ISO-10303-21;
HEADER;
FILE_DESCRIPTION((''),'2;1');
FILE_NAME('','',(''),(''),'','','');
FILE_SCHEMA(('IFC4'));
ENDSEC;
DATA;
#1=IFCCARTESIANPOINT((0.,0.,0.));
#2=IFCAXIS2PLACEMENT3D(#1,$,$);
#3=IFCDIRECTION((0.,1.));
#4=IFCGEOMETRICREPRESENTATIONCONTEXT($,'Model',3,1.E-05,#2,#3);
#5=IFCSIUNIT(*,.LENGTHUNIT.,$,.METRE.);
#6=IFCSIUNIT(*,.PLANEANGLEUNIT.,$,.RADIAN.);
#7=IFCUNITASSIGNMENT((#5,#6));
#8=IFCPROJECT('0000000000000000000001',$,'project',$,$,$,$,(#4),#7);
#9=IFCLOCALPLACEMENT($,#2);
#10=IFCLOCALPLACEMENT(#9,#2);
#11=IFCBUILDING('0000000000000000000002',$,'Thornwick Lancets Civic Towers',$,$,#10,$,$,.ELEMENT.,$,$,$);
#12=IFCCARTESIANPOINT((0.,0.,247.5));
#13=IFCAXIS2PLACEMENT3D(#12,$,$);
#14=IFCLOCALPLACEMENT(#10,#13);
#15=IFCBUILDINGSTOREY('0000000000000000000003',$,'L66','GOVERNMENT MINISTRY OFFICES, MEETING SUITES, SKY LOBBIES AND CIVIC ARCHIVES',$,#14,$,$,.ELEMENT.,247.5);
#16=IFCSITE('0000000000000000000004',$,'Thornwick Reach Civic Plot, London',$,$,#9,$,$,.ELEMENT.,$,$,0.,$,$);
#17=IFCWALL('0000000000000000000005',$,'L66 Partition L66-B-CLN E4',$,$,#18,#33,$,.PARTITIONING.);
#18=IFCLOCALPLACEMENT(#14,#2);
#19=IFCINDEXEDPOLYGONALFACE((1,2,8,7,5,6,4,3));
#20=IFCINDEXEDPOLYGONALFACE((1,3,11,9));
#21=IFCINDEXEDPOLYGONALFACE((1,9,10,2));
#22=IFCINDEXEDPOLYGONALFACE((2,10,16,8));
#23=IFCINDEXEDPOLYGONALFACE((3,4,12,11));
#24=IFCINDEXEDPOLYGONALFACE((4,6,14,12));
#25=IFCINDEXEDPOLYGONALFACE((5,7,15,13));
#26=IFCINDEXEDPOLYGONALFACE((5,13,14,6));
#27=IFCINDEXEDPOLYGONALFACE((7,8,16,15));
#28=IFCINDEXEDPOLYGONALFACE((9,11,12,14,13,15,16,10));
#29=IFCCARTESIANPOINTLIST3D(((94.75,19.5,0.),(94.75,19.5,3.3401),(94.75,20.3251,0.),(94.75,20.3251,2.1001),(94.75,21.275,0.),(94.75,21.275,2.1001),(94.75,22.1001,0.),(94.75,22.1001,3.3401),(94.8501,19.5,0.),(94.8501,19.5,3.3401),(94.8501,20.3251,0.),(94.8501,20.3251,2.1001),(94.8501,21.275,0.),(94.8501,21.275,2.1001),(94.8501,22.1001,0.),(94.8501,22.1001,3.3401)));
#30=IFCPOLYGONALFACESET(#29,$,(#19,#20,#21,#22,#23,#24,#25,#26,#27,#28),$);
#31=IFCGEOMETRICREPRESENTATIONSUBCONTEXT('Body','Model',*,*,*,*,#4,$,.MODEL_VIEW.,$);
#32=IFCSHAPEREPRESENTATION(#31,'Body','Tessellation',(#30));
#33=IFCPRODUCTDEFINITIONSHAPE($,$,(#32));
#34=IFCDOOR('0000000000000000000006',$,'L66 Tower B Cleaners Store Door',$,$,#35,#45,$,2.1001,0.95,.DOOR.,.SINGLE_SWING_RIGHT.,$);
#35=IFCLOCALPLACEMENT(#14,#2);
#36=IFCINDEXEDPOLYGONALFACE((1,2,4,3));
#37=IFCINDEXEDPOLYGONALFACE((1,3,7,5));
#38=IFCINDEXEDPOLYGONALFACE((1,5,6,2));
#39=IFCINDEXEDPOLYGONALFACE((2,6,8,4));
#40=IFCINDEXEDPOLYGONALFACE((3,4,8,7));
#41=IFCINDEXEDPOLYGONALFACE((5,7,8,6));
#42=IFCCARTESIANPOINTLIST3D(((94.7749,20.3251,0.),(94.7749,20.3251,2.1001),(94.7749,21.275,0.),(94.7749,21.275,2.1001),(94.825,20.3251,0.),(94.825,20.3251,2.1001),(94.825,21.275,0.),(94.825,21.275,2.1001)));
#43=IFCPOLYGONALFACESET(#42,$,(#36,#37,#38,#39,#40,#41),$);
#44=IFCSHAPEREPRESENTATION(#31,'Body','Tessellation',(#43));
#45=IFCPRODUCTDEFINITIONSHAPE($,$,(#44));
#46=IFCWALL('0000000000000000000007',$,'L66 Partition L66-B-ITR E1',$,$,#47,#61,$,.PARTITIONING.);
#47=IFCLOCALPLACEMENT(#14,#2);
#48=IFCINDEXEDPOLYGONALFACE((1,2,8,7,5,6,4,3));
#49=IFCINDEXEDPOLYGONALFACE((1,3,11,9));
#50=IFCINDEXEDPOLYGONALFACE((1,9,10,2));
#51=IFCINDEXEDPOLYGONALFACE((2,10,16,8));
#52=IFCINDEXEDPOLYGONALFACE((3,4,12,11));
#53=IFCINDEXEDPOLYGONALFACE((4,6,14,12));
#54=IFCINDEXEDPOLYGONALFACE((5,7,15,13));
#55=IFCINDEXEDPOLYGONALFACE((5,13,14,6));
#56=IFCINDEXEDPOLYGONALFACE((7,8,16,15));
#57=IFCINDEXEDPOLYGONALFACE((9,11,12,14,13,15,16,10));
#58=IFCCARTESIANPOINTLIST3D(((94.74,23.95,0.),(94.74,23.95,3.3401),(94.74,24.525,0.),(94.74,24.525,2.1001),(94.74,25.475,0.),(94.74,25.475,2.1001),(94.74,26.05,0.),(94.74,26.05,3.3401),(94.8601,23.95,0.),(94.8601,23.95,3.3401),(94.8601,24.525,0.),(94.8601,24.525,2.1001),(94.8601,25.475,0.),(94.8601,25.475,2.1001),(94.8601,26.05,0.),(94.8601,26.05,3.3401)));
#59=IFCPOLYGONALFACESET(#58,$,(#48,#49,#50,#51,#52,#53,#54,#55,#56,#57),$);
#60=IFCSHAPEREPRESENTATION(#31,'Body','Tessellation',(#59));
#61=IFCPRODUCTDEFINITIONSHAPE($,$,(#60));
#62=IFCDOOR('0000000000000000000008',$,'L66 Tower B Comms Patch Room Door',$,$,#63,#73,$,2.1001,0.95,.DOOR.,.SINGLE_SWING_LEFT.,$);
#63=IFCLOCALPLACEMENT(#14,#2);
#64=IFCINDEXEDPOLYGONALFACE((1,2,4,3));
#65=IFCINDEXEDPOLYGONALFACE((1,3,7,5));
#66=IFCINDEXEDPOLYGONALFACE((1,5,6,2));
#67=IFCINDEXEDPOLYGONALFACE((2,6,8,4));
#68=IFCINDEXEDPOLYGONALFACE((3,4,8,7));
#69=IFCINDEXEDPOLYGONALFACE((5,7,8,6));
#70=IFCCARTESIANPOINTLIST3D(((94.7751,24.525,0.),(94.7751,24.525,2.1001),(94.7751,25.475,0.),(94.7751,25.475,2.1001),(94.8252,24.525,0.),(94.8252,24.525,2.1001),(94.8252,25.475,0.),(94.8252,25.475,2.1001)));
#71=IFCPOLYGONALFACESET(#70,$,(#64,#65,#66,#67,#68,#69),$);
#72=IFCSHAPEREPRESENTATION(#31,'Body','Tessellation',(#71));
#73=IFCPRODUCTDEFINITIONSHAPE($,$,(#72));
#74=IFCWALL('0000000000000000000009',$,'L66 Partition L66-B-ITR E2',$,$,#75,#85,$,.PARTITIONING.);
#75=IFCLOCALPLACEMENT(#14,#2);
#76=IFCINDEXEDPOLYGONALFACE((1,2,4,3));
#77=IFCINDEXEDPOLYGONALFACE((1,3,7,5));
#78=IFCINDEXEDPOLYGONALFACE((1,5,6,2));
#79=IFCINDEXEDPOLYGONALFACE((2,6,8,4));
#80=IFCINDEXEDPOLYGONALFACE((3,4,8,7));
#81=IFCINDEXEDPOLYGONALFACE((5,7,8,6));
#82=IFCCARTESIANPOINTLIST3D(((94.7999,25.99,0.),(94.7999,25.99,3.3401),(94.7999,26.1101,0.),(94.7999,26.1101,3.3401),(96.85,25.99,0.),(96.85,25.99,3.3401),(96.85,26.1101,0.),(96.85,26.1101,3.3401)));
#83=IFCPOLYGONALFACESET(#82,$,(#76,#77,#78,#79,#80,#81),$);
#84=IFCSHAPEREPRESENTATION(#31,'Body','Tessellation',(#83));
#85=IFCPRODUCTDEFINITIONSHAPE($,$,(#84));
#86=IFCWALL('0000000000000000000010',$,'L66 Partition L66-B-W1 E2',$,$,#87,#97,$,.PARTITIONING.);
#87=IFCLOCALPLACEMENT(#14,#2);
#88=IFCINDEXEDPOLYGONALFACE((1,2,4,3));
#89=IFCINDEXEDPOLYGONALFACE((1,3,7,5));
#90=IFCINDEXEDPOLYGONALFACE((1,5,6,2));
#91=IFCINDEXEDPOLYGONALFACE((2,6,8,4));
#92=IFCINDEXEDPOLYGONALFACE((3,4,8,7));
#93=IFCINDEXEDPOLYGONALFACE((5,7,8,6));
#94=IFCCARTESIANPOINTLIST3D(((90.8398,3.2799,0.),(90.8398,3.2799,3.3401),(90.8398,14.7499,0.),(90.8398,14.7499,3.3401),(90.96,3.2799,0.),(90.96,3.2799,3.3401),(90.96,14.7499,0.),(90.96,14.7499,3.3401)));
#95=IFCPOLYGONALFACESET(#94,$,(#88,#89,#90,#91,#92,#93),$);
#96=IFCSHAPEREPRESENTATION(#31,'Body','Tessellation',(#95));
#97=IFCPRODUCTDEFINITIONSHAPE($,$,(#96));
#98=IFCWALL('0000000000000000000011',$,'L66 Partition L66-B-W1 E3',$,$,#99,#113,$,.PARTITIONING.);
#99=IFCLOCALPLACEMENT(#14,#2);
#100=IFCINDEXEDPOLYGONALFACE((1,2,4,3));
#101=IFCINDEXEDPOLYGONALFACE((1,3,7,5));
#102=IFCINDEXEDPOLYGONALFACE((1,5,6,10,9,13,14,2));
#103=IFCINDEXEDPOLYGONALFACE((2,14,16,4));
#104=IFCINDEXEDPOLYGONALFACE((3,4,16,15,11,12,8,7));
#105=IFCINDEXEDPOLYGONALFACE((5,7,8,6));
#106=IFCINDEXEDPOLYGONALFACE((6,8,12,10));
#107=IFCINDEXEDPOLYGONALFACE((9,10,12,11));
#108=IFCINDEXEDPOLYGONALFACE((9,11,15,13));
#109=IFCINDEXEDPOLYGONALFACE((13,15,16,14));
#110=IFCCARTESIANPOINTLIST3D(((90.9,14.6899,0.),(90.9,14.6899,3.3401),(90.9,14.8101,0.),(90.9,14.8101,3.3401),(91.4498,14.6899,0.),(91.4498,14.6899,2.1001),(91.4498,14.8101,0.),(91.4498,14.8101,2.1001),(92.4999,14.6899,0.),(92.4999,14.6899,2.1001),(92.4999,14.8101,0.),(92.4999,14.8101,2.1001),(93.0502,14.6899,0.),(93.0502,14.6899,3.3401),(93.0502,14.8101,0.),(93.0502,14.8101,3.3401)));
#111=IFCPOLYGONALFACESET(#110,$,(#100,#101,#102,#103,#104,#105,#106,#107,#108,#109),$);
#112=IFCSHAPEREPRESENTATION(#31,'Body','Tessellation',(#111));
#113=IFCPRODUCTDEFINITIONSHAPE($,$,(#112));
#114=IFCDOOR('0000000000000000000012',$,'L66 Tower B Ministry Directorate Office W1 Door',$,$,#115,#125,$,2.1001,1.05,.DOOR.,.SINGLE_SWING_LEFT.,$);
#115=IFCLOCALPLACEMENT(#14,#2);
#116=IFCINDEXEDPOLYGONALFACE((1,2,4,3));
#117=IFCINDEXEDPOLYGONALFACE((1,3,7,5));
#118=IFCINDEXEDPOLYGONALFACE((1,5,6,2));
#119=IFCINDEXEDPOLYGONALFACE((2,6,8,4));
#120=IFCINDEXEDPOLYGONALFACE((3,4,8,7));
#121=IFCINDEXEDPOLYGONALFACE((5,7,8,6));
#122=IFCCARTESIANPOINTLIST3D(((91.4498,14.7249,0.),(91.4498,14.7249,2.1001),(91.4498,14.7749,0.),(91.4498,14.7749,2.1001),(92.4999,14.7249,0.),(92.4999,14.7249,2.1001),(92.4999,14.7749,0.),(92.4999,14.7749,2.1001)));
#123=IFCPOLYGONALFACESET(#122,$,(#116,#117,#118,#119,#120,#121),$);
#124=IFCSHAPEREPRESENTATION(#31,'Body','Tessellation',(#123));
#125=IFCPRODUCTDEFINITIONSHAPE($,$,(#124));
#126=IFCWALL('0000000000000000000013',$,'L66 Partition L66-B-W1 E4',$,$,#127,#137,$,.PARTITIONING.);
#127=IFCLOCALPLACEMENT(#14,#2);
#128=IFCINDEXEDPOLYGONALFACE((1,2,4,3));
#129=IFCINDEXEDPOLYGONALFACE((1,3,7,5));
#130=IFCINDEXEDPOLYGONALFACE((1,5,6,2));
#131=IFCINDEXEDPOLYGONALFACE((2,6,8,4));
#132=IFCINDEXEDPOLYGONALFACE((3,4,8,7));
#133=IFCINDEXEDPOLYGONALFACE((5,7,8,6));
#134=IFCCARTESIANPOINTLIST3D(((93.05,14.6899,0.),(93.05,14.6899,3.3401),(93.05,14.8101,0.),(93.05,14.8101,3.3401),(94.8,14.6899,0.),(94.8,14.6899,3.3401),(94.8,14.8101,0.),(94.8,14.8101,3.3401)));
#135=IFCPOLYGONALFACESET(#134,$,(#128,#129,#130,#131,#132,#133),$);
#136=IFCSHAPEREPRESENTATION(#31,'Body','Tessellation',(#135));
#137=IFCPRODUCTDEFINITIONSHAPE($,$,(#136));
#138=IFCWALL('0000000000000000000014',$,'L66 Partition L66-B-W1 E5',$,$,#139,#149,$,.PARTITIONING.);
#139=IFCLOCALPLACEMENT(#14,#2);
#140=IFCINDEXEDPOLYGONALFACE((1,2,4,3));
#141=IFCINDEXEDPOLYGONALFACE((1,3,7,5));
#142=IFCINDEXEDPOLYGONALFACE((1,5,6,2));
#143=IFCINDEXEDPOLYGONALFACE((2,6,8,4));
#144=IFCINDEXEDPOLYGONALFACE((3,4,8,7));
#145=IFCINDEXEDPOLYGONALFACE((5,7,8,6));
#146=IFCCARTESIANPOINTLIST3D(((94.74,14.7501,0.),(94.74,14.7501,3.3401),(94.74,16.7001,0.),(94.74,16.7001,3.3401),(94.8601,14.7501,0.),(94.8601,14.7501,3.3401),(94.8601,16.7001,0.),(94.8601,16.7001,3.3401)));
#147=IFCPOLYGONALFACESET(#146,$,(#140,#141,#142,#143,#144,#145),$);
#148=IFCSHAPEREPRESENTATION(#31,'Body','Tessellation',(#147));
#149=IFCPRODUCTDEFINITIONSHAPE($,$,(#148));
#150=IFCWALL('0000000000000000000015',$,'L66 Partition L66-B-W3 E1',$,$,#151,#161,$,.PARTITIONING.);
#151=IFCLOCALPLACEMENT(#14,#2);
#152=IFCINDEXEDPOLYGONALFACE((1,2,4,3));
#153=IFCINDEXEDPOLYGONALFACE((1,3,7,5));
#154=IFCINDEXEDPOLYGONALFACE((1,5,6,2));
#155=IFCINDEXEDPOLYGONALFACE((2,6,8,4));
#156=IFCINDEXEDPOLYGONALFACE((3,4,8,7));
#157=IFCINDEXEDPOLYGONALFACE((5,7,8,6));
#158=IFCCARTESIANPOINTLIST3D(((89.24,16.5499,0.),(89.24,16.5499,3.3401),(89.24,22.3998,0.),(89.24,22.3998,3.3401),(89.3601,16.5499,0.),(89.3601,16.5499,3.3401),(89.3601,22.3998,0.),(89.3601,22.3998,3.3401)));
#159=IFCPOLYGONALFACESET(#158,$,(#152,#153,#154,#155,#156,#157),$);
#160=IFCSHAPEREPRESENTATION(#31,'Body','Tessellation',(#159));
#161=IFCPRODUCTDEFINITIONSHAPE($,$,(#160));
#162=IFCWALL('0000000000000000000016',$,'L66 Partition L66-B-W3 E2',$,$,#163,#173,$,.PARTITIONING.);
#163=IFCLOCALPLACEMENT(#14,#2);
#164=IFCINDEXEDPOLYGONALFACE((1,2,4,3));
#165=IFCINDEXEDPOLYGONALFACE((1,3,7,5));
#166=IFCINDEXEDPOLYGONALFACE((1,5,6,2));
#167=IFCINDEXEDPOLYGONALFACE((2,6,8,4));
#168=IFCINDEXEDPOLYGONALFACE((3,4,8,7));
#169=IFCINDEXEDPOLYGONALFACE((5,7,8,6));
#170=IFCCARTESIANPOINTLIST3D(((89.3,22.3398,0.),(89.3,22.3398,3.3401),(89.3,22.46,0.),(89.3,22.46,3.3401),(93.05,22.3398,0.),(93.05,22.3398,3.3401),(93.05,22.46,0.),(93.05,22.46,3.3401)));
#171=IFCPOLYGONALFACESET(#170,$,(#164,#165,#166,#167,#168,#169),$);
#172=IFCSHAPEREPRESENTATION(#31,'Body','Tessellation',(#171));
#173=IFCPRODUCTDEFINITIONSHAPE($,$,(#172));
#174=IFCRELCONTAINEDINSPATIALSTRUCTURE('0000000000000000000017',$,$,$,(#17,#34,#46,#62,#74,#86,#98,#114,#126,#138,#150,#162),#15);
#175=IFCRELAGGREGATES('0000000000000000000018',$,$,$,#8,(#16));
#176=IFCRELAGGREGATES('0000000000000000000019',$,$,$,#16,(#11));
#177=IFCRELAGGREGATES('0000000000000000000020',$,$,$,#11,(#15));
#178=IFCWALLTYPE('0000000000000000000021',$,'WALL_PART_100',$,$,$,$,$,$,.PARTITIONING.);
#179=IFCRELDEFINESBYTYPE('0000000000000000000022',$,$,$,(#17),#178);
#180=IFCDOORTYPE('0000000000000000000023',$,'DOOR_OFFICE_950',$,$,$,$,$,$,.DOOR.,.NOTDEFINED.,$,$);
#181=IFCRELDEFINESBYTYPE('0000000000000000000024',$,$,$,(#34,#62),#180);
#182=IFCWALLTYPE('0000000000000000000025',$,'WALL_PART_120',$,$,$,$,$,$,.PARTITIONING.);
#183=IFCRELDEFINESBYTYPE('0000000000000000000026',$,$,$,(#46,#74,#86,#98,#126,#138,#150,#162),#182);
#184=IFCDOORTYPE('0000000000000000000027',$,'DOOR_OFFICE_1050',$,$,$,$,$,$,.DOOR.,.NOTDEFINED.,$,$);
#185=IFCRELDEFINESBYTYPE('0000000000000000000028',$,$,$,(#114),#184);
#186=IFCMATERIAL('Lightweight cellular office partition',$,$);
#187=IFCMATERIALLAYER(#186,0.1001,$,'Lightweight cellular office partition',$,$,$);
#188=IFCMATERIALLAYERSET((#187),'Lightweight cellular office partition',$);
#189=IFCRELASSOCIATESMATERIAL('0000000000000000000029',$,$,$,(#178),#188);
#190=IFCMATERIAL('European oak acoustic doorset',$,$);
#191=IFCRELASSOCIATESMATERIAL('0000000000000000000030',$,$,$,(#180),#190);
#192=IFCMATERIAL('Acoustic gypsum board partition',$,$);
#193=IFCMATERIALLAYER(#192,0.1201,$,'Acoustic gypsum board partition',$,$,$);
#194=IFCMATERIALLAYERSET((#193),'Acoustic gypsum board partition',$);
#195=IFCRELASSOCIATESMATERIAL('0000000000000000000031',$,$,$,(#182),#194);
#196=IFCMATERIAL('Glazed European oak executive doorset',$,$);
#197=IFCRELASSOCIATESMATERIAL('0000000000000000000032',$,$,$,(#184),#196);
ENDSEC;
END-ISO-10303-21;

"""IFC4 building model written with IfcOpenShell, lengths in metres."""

from ifc_helpers import new_model, si_unit, direction, frame, frame_2d, origin, place, context, subcontext, project, spatial, rectangle, extrude, material, layer, layer_set, type_object, element, fill, save


model = new_model("IFC4")

# Units and contexts
model_context = context("Model", 3, precision=1e-05, world=origin(), true_north=direction((0.0, 1.0)))
body_context = subcontext(model_context, "Body", "Model", "MODEL_VIEW")
ifc_project = project(units=[si_unit("LENGTHUNIT", "METRE"), si_unit("PLANEANGLEUNIT", "RADIAN")], contexts=[model_context])

# Site, building, storey
site_placement = place(None, origin())
site = spatial("IfcSite", under=ifc_project, at=site_placement, Name="Thornwick Reach Civic Plot, London", CompositionType="ELEMENT", RefElevation=0.0)
building_placement = place(site_placement, origin())
building = spatial("IfcBuilding", under=site, at=building_placement, Name="Thornwick Lancets Civic Towers", CompositionType="ELEMENT")
storey_placement = place(building_placement, frame((0.0, 0.0, 247.5)))
storey = spatial("IfcBuildingStorey", under=building, at=storey_placement, Name="L66", Description="GOVERNMENT MINISTRY OFFICES, MEETING SUITES, SKY LOBBIES AND CIVIC ARCHIVES", CompositionType="ELEMENT", Elevation=247.5)

# Shared definitions
ifc_material_1 = material(Name="Lightweight cellular office partition")
ifc_layer_1 = layer(ifc_material_1, 0.1001, Name="Lightweight cellular office partition")
ifc_layer_set_1 = layer_set([ifc_layer_1], Name="Lightweight cellular office partition")
wall_type_1 = type_object("IfcWallType", Name="WALL_PART_100", PredefinedType="PARTITIONING", material=ifc_layer_set_1)

# Walls, openings, doors
wall_1_placement = place(storey_placement, frame((94.8, 22.1001, 0.0), z_axis=(0.0, 0.0, 1.0), x_axis=(0.0, -1.0, 0.0)))
wall_1 = element("IfcWall", 1, at=wall_1_placement, inside=storey, type_object=wall_type_1, Name="L66 Partition L66-B-CLN E4", PredefinedType="PARTITIONING", context=body_context, shape_type="SweptSolid", body=[
    extrude(rectangle(XDim=2.6001, YDim=0.1001, at=frame_2d((1.3, 0.0))), origin(), (0.0, 0.0, 1.0), 3.3401),
])
opening_1_placement = place(wall_1_placement, frame((0.825, 0.0, 0.0)))
opening_1 = element("IfcOpeningElement", 2, at=opening_1_placement, cuts=wall_1, PredefinedType="OPENING", context=body_context, shape_type="SweptSolid", body=[
    extrude(rectangle(XDim=0.95, YDim=2.1001, at=frame_2d((0.4751, 1.05))), frame((0.0, 0.0601, 0.0), z_axis=(0.0, -1.0, 0.0), x_axis=(1.0, 0.0, 0.0)), (0.0, 0.0, 1.0), 0.1201),
])
ifc_material_2 = material(Name="European oak acoustic doorset")
door_type_1 = type_object("IfcDoorType", Name="DOOR_OFFICE_950", OperationType="NOTDEFINED", PredefinedType="DOOR", material=ifc_material_2)
door_1_placement = place(opening_1_placement, origin())
door_1 = element("IfcDoor", 3, at=door_1_placement, inside=storey, type_object=door_type_1, Name="L66 Tower B Cleaners Store Door", OperationType="SINGLE_SWING_RIGHT", OverallHeight=2.1001, OverallWidth=0.95, PredefinedType="DOOR", context=body_context, shape_type="SweptSolid", body=[
    extrude(rectangle(XDim=0.95, YDim=2.1001, at=frame_2d((0.4751, 1.05))), frame((0.0, 0.0249, 0.0), z_axis=(0.0, -1.0, 0.0), x_axis=(1.0, 0.0, 0.0)), (0.0, 0.0, 1.0), 0.05),
])
fill(opening_1, door_1)
ifc_material_3 = material(Name="Acoustic gypsum board partition")
ifc_layer_2 = layer(ifc_material_3, 0.1201, Name="Acoustic gypsum board partition")
ifc_layer_set_2 = layer_set([ifc_layer_2], Name="Acoustic gypsum board partition")
wall_type_2 = type_object("IfcWallType", Name="WALL_PART_120", PredefinedType="PARTITIONING", material=ifc_layer_set_2)
wall_2_placement = place(storey_placement, frame((94.8, 23.95, 0.0), z_axis=(0.0, 0.0, 1.0), x_axis=(0.0, 1.0, 0.0)))
wall_2 = element("IfcWall", 4, at=wall_2_placement, inside=storey, type_object=wall_type_2, Name="L66 Partition L66-B-ITR E1", PredefinedType="PARTITIONING", context=body_context, shape_type="SweptSolid", body=[
    extrude(rectangle(XDim=2.1001, YDim=0.1201, at=frame_2d((1.05, 0.0))), origin(), (0.0, 0.0, 1.0), 3.3401),
])
opening_2_placement = place(wall_2_placement, frame((0.575, 0.0, 0.0)))
opening_2 = element("IfcOpeningElement", 5, at=opening_2_placement, cuts=wall_2, PredefinedType="OPENING", context=body_context, shape_type="SweptSolid", body=[
    extrude(rectangle(XDim=0.95, YDim=2.1001, at=frame_2d((0.4751, 1.05))), frame((0.0, 0.0701, 0.0), z_axis=(0.0, -1.0, 0.0), x_axis=(1.0, 0.0, 0.0)), (0.0, 0.0, 1.0), 0.1401),
])
door_2_placement = place(opening_2_placement, origin())
door_2 = element("IfcDoor", 6, at=door_2_placement, inside=storey, type_object=door_type_1, Name="L66 Tower B Comms Patch Room Door", OperationType="SINGLE_SWING_LEFT", OverallHeight=2.1001, OverallWidth=0.95, PredefinedType="DOOR", context=body_context, shape_type="SweptSolid", body=[
    extrude(rectangle(XDim=0.95, YDim=2.1001, at=frame_2d((0.4751, 1.05))), frame((0.0, 0.0249, 0.0), z_axis=(0.0, -1.0, 0.0), x_axis=(1.0, 0.0, 0.0)), (0.0, 0.0, 1.0), 0.05),
])
fill(opening_2, door_2)

# Walls
wall_3_placement = place(storey_placement, frame((94.8, 26.05, 0.0), z_axis=(0.0, 0.0, 1.0), x_axis=(1.0, 0.0, 0.0)))
element("IfcWall", 7, at=wall_3_placement, inside=storey, type_object=wall_type_2, Name="L66 Partition L66-B-ITR E2", PredefinedType="PARTITIONING", context=body_context, shape_type="SweptSolid", body=[
    extrude(rectangle(XDim=2.05, YDim=0.1201, at=frame_2d((1.0249, 0.0))), origin(), (0.0, 0.0, 1.0), 3.3401),
])
wall_4_placement = place(storey_placement, frame((90.8999, 3.28, 0.0), z_axis=(0.0, 0.0, 1.0), x_axis=(0.0, 1.0, 0.0)))
element("IfcWall", 8, at=wall_4_placement, inside=storey, type_object=wall_type_2, Name="L66 Partition L66-B-W1 E2", PredefinedType="PARTITIONING", context=body_context, shape_type="SweptSolid", body=[
    extrude(rectangle(XDim=11.47, YDim=0.1201, at=frame_2d((5.7349, 0.0))), origin(), (0.0, 0.0, 1.0), 3.3401),
])

# Wall, opening, door
wall_5_placement = place(storey_placement, frame((90.8999, 14.75, 0.0), z_axis=(0.0, 0.0, 1.0), x_axis=(1.0, 0.0, 0.0)))
wall_5 = element("IfcWall", 9, at=wall_5_placement, inside=storey, type_object=wall_type_2, Name="L66 Partition L66-B-W1 E3", PredefinedType="PARTITIONING", context=body_context, shape_type="SweptSolid", body=[
    extrude(rectangle(XDim=2.1501, YDim=0.1201, at=frame_2d((1.0752, 0.0))), origin(), (0.0, 0.0, 1.0), 3.3401),
])
opening_3_placement = place(wall_5_placement, frame((0.55, 0.0, 0.0)))
opening_3 = element("IfcOpeningElement", 10, at=opening_3_placement, cuts=wall_5, PredefinedType="OPENING", context=body_context, shape_type="SweptSolid", body=[
    extrude(rectangle(XDim=1.05, YDim=2.1001, at=frame_2d((0.5249, 1.05))), frame((0.0, 0.0701, 0.0), z_axis=(0.0, -1.0, 0.0), x_axis=(1.0, 0.0, 0.0)), (0.0, 0.0, 1.0), 0.1401),
])
ifc_material_4 = material(Name="Glazed European oak executive doorset")
door_type_2 = type_object("IfcDoorType", Name="DOOR_OFFICE_1050", OperationType="NOTDEFINED", PredefinedType="DOOR", material=ifc_material_4)
door_3_placement = place(opening_3_placement, origin())
door_3 = element("IfcDoor", 11, at=door_3_placement, inside=storey, type_object=door_type_2, Name="L66 Tower B Ministry Directorate Office W1 Door", OperationType="SINGLE_SWING_LEFT", OverallHeight=2.1001, OverallWidth=1.05, PredefinedType="DOOR", context=body_context, shape_type="SweptSolid", body=[
    extrude(rectangle(XDim=1.05, YDim=2.1001, at=frame_2d((0.5249, 1.05))), frame((0.0, 0.0249, 0.0), z_axis=(0.0, -1.0, 0.0), x_axis=(1.0, 0.0, 0.0)), (0.0, 0.0, 1.0), 0.05),
])
fill(opening_3, door_3)

# Walls
wall_6_placement = place(storey_placement, frame((93.05, 14.75, 0.0), z_axis=(0.0, 0.0, 1.0), x_axis=(1.0, 0.0, 0.0)))
element("IfcWall", 12, at=wall_6_placement, inside=storey, type_object=wall_type_2, Name="L66 Partition L66-B-W1 E4", PredefinedType="PARTITIONING", context=body_context, shape_type="SweptSolid", body=[
    extrude(rectangle(XDim=1.75, YDim=0.1201, at=frame_2d((0.875, 0.0))), origin(), (0.0, 0.0, 1.0), 3.3401),
])
wall_7_placement = place(storey_placement, frame((94.8, 14.75, 0.0), z_axis=(0.0, 0.0, 1.0), x_axis=(0.0, 1.0, 0.0)))
element("IfcWall", 13, at=wall_7_placement, inside=storey, type_object=wall_type_2, Name="L66 Partition L66-B-W1 E5", PredefinedType="PARTITIONING", context=body_context, shape_type="SweptSolid", body=[
    extrude(rectangle(XDim=1.95, YDim=0.1201, at=frame_2d((0.9751, 0.0))), origin(), (0.0, 0.0, 1.0), 3.3401),
])
wall_8_placement = place(storey_placement, frame((89.3, 16.55, 0.0), z_axis=(0.0, 0.0, 1.0), x_axis=(0.0, 1.0, 0.0)))
element("IfcWall", 14, at=wall_8_placement, inside=storey, type_object=wall_type_2, Name="L66 Partition L66-B-W3 E1", PredefinedType="PARTITIONING", context=body_context, shape_type="SweptSolid", body=[
    extrude(rectangle(XDim=5.8499, YDim=0.1201, at=frame_2d((2.9248, 0.0))), origin(), (0.0, 0.0, 1.0), 3.3401),
])
wall_9_placement = place(storey_placement, frame((89.3, 22.3999, 0.0), z_axis=(0.0, 0.0, 1.0), x_axis=(1.0, 0.0, 0.0)))
element("IfcWall", 15, at=wall_9_placement, inside=storey, type_object=wall_type_2, Name="L66 Partition L66-B-W3 E2", PredefinedType="PARTITIONING", context=body_context, shape_type="SweptSolid", body=[
    extrude(rectangle(XDim=3.75, YDim=0.1201, at=frame_2d((1.875, 0.0))), origin(), (0.0, 0.0, 1.0), 3.3401),
])

save(model, "model.ifc")
